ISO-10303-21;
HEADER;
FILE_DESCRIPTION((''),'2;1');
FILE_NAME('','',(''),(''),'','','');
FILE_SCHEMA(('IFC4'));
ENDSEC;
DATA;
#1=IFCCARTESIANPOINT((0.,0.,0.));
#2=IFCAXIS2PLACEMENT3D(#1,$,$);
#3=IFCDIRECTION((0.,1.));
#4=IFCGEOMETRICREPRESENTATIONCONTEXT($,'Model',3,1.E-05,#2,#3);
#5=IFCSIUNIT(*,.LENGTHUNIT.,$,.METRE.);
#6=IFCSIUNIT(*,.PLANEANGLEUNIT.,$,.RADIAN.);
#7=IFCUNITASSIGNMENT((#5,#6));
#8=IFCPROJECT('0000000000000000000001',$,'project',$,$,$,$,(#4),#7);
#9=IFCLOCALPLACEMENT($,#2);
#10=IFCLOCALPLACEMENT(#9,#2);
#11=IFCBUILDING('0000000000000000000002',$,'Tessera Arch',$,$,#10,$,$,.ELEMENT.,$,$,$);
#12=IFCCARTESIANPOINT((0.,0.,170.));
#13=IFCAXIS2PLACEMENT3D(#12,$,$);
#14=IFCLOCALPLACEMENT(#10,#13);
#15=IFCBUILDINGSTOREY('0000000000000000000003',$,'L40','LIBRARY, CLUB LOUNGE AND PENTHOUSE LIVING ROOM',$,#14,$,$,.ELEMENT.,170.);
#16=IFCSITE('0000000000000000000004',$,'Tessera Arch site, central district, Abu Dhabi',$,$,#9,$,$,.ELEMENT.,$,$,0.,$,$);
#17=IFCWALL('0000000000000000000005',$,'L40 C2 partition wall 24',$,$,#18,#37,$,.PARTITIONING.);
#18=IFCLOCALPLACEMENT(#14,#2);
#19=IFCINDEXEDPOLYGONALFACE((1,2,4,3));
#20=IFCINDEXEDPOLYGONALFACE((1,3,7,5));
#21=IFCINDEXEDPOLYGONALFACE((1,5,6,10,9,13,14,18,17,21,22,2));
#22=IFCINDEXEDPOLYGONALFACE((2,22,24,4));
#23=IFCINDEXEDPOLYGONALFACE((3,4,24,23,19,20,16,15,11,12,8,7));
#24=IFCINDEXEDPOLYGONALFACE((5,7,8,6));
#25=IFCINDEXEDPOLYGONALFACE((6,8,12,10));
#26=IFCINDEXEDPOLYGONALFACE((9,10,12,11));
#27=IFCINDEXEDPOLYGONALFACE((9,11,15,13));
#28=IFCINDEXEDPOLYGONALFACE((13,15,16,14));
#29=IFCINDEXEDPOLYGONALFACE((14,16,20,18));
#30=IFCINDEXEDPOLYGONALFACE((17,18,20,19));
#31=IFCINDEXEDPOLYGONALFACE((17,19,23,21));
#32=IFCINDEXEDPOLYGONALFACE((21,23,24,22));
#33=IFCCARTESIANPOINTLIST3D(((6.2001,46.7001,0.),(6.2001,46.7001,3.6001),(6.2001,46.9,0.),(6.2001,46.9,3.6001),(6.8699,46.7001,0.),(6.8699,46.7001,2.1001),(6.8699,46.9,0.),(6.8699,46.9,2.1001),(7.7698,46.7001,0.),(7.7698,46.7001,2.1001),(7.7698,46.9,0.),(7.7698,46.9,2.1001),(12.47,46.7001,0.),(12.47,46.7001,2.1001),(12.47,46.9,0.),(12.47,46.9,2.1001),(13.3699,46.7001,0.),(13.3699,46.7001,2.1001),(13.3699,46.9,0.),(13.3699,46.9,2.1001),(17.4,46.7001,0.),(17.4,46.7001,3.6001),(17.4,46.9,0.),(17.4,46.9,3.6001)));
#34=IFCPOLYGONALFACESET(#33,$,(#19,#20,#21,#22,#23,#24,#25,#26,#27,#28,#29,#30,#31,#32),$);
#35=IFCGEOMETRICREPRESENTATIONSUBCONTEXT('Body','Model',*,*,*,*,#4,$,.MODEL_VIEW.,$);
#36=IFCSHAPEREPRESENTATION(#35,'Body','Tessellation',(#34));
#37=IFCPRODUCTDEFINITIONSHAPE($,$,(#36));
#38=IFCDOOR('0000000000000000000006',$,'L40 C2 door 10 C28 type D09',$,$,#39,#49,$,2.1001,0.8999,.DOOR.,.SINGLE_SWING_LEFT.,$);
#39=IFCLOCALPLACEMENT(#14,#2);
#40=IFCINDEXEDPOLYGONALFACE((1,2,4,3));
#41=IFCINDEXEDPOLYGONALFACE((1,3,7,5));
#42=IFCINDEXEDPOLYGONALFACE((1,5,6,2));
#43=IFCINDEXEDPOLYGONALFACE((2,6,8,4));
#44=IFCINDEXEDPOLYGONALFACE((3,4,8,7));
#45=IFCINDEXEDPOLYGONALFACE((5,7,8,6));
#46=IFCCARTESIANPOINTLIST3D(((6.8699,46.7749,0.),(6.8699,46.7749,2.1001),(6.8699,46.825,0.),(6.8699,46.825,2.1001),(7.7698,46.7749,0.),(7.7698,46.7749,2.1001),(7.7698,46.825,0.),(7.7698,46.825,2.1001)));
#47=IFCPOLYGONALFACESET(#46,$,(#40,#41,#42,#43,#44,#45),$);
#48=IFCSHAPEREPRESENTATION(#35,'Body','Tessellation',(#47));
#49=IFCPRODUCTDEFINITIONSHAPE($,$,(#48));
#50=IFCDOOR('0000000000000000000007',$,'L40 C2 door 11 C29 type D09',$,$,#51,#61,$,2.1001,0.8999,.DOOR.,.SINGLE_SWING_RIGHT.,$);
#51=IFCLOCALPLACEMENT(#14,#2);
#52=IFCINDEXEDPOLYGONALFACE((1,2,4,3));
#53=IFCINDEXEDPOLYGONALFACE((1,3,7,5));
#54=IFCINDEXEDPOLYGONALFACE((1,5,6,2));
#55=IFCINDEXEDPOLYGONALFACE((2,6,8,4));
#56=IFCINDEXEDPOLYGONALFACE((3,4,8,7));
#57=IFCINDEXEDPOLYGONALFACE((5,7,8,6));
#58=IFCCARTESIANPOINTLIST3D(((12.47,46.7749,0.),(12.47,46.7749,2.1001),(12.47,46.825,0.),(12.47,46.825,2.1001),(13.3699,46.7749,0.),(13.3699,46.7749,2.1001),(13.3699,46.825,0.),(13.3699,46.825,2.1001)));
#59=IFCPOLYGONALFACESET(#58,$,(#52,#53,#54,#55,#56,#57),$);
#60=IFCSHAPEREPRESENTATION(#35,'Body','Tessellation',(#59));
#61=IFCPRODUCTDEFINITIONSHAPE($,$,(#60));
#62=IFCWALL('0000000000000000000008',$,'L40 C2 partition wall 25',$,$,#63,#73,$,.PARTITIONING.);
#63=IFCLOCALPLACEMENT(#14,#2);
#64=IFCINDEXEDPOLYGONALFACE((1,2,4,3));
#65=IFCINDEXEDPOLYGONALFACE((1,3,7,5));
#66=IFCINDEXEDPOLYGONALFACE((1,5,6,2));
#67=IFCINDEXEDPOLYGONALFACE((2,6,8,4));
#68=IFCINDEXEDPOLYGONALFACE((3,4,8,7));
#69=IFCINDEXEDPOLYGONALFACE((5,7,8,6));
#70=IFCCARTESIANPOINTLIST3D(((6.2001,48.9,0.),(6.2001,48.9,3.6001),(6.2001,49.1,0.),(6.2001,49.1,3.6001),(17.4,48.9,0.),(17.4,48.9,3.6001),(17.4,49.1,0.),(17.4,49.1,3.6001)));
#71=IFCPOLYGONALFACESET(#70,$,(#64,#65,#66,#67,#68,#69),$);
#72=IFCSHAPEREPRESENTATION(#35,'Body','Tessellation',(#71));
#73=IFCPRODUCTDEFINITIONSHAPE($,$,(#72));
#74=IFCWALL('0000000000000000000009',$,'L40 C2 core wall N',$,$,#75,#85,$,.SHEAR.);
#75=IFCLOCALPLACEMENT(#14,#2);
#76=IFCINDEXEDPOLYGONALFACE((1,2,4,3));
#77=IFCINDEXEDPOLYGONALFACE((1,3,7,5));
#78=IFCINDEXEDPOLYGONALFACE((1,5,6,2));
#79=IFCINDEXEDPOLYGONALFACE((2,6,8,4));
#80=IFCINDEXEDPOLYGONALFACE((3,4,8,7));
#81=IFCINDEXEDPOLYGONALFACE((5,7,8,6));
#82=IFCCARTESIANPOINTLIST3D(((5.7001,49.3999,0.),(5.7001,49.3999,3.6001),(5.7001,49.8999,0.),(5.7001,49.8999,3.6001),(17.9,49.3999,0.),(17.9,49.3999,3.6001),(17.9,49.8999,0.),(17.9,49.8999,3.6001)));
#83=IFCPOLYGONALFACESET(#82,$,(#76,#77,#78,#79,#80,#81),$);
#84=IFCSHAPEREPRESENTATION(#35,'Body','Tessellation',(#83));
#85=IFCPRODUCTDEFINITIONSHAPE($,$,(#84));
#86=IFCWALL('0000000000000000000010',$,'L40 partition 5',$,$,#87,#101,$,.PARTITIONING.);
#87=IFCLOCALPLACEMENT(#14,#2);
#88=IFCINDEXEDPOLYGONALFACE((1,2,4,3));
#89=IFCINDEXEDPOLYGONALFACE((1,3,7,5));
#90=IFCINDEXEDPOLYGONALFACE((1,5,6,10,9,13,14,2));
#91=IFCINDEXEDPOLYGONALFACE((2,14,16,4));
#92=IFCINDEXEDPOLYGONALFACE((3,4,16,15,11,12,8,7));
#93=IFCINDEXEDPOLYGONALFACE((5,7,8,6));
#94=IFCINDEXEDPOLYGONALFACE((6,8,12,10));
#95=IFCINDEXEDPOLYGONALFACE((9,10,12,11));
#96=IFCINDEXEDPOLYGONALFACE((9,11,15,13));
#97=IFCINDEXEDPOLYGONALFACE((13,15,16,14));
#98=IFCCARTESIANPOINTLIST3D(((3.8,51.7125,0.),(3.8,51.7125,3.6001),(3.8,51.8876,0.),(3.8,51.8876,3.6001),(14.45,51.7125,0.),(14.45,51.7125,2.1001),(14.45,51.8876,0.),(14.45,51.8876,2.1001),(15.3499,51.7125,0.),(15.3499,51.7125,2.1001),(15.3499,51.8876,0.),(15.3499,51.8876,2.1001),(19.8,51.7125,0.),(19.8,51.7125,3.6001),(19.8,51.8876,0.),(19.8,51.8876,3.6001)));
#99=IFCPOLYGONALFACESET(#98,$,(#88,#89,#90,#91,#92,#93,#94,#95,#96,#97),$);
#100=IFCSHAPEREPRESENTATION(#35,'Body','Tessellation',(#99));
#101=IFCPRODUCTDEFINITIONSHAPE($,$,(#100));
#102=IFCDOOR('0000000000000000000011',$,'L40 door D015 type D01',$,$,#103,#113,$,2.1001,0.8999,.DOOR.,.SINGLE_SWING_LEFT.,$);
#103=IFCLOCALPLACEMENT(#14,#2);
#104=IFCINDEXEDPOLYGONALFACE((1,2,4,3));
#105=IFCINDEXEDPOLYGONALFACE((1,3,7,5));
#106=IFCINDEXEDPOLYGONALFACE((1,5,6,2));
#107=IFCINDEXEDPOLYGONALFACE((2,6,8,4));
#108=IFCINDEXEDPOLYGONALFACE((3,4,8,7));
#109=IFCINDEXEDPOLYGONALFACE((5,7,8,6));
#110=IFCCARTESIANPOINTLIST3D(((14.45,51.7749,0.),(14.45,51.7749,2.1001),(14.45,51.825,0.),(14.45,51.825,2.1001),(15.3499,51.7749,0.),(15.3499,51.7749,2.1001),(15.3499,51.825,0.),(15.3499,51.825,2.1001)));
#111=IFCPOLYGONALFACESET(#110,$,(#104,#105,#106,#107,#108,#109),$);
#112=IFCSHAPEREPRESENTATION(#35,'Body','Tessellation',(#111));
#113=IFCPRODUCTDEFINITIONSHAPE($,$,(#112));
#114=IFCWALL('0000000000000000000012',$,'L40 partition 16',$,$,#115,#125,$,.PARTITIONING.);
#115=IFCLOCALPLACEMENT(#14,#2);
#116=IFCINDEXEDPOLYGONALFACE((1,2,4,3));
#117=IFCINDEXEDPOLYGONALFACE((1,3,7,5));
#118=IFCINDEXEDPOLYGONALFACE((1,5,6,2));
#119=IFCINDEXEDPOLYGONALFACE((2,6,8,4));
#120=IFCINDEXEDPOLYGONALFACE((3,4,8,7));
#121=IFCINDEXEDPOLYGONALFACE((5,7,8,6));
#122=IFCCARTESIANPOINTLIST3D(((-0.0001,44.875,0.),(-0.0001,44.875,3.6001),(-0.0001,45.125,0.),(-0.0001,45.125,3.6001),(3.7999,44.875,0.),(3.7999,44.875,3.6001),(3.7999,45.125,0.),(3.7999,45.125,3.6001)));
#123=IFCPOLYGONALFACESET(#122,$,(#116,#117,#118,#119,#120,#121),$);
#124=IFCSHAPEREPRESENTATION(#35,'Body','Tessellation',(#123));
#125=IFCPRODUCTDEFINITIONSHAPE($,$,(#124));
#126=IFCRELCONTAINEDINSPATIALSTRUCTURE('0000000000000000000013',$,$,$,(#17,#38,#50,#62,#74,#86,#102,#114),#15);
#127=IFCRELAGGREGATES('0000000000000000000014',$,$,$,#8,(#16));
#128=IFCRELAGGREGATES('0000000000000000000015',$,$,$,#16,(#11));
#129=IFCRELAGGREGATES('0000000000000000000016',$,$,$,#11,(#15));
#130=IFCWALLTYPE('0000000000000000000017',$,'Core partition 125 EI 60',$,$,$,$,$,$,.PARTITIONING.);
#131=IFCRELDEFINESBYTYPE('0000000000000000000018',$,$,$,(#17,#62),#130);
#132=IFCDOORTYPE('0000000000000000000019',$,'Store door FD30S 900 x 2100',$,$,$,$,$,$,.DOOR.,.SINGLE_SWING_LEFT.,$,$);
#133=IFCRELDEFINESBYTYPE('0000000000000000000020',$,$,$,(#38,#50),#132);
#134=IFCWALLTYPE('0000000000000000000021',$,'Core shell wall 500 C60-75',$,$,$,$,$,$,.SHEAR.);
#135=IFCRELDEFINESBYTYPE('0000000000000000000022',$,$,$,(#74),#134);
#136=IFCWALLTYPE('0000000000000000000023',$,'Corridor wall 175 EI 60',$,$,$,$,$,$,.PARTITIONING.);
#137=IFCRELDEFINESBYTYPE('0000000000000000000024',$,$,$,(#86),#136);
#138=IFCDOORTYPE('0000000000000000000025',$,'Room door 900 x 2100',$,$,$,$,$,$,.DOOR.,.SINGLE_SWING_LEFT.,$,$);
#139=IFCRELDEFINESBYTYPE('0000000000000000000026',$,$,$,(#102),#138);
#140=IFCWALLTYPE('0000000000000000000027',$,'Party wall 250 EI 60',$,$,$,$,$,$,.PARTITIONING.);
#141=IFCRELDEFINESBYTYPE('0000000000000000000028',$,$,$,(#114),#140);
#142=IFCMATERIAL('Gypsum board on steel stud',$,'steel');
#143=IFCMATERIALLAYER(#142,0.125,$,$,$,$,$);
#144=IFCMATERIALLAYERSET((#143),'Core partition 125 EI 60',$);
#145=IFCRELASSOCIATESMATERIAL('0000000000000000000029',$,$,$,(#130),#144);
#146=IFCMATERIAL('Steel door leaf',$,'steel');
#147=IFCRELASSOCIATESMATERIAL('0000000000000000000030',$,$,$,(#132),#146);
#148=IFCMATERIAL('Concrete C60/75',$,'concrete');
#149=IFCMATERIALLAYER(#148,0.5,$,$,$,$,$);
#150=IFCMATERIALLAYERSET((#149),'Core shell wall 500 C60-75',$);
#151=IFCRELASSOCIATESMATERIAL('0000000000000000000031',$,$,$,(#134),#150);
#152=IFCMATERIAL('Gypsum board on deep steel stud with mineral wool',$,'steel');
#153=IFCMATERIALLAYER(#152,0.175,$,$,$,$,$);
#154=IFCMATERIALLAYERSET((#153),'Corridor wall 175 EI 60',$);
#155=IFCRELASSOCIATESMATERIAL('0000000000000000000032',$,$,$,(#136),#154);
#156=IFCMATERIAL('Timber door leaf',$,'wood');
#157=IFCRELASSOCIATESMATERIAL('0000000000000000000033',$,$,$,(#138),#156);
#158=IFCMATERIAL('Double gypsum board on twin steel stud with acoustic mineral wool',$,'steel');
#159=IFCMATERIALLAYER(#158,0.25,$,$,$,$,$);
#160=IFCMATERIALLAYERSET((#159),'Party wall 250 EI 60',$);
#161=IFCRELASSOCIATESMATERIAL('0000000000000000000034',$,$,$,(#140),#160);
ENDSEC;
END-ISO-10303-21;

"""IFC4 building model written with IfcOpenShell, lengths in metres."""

from ifc_helpers import new_model, si_unit, direction, frame, frame_2d, origin, place, context, subcontext, project, spatial, rectangle, extrude, material, layer, layer_set, type_object, element, fill, save


model = new_model("IFC4")

# Units and contexts
model_context = context("Model", 3, precision=1e-05, world=origin(), true_north=direction((0.0, 1.0)))
body_context = subcontext(model_context, "Body", "Model", "MODEL_VIEW")
ifc_project = project(units=[si_unit("LENGTHUNIT", "METRE"), si_unit("PLANEANGLEUNIT", "RADIAN")], contexts=[model_context])

# Site, building, storey
site_placement = place(None, origin())
site = spatial("IfcSite", under=ifc_project, at=site_placement, Name="Tessera Arch site, central district, Abu Dhabi", CompositionType="ELEMENT", RefElevation=0.0)
building_placement = place(site_placement, origin())
building = spatial("IfcBuilding", under=site, at=building_placement, Name="Tessera Arch", CompositionType="ELEMENT")
storey_placement = place(building_placement, frame((0.0, 0.0, 170.0)))
storey = spatial("IfcBuildingStorey", under=building, at=storey_placement, Name="L40", Description="LIBRARY, CLUB LOUNGE AND PENTHOUSE LIVING ROOM", CompositionType="ELEMENT", Elevation=170.0)

# Shared definitions
ifc_material_1 = material(Name="Gypsum board on steel stud", Category="steel")
ifc_layer_1 = layer(ifc_material_1, 0.125)
ifc_layer_set_1 = layer_set([ifc_layer_1], Name="Core partition 125 EI 60")
wall_type_1 = type_object("IfcWallType", Name="Core partition 125 EI 60", PredefinedType="PARTITIONING", material=ifc_layer_set_1)

# Wall, openings, doors
wall_1_placement = place(storey_placement, frame((6.2, 46.8, 0.0), z_axis=(0.0, 0.0, 1.0), x_axis=(1.0, 0.0, 0.0)))
wall_1 = element("IfcWall", 1, at=wall_1_placement, inside=storey, type_object=wall_type_1, Name="L40 C2 partition wall 24", PredefinedType="PARTITIONING", context=body_context, shape_type="SweptSolid", body=[
    extrude(rectangle(XDim=11.2, YDim=0.2, at=frame_2d((5.6001, 0.0))), origin(), (0.0, 0.0, 1.0), 3.6001),
])
opening_1_placement = place(wall_1_placement, frame((0.6699, 0.0, 0.0)))
opening_1 = element("IfcOpeningElement", 2, at=opening_1_placement, cuts=wall_1, PredefinedType="OPENING", context=body_context, shape_type="SweptSolid", body=[
    extrude(rectangle(XDim=0.8999, YDim=2.1001, at=frame_2d((0.45, 1.05))), frame((0.0, 0.1099, 0.0), z_axis=(0.0, -1.0, 0.0), x_axis=(1.0, 0.0, 0.0)), (0.0, 0.0, 1.0), 0.22),
])
opening_2_placement = place(wall_1_placement, frame((6.27, 0.0, 0.0)))
opening_2 = element("IfcOpeningElement", 3, at=opening_2_placement, cuts=wall_1, PredefinedType="OPENING", context=body_context, shape_type="SweptSolid", body=[
    extrude(rectangle(XDim=0.8999, YDim=2.1001, at=frame_2d((0.45, 1.05))), frame((0.0, 0.1099, 0.0), z_axis=(0.0, -1.0, 0.0), x_axis=(1.0, 0.0, 0.0)), (0.0, 0.0, 1.0), 0.22),
])
ifc_material_2 = material(Name="Steel door leaf", Category="steel")
door_type_1 = type_object("IfcDoorType", Name="Store door FD30S 900 x 2100", OperationType="SINGLE_SWING_LEFT", PredefinedType="DOOR", material=ifc_material_2)
door_1_placement = place(opening_1_placement, origin())
door_1 = element("IfcDoor", 4, at=door_1_placement, inside=storey, type_object=door_type_1, Name="L40 C2 door 10 C28 type D09", OperationType="SINGLE_SWING_LEFT", OverallHeight=2.1001, OverallWidth=0.8999, PredefinedType="DOOR", context=body_context, shape_type="SweptSolid", body=[
    extrude(rectangle(XDim=0.8999, YDim=2.1001, at=frame_2d((0.45, 1.05))), frame((0.0, 0.0249, 0.0), z_axis=(0.0, -1.0, 0.0), x_axis=(1.0, 0.0, 0.0)), (0.0, 0.0, 1.0), 0.05),
])
fill(opening_1, door_1)
door_2_placement = place(opening_2_placement, origin())
door_2 = element("IfcDoor", 5, at=door_2_placement, inside=storey, type_object=door_type_1, Name="L40 C2 door 11 C29 type D09", OperationType="SINGLE_SWING_RIGHT", OverallHeight=2.1001, OverallWidth=0.8999, PredefinedType="DOOR", context=body_context, shape_type="SweptSolid", body=[
    extrude(rectangle(XDim=0.8999, YDim=2.1001, at=frame_2d((0.45, 1.05))), frame((0.0, 0.0249, 0.0), z_axis=(0.0, -1.0, 0.0), x_axis=(1.0, 0.0, 0.0)), (0.0, 0.0, 1.0), 0.05),
])
fill(opening_2, door_2)

# Walls
wall_2_placement = place(storey_placement, frame((6.2, 49.0, 0.0), z_axis=(0.0, 0.0, 1.0), x_axis=(1.0, 0.0, 0.0)))
element("IfcWall", 6, at=wall_2_placement, inside=storey, type_object=wall_type_1, Name="L40 C2 partition wall 25", PredefinedType="PARTITIONING", context=body_context, shape_type="SweptSolid", body=[
    extrude(rectangle(XDim=11.2, YDim=0.2, at=frame_2d((5.6001, 0.0))), origin(), (0.0, 0.0, 1.0), 3.6001),
])
ifc_material_3 = material(Name="Concrete C60/75", Category="concrete")
ifc_layer_2 = layer(ifc_material_3, 0.5)
ifc_layer_set_2 = layer_set([ifc_layer_2], Name="Core shell wall 500 C60-75")
wall_type_2 = type_object("IfcWallType", Name="Core shell wall 500 C60-75", PredefinedType="SHEAR", material=ifc_layer_set_2)
wall_3_placement = place(storey_placement, frame((5.7, 49.6499, 0.0), z_axis=(0.0, 0.0, 1.0), x_axis=(1.0, 0.0, 0.0)))
element("IfcWall", 7, at=wall_3_placement, inside=storey, type_object=wall_type_2, Name="L40 C2 core wall N", PredefinedType="SHEAR", context=body_context, shape_type="SweptSolid", body=[
    extrude(rectangle(XDim=12.2, YDim=0.5, at=frame_2d((6.1001, 0.0))), origin(), (0.0, 0.0, 1.0), 3.6001),
])

# Wall, opening, door
ifc_material_4 = material(Name="Gypsum board on deep steel stud with mineral wool", Category="steel")
ifc_layer_3 = layer(ifc_material_4, 0.175)
ifc_layer_set_3 = layer_set([ifc_layer_3], Name="Corridor wall 175 EI 60")
wall_type_3 = type_object("IfcWallType", Name="Corridor wall 175 EI 60", PredefinedType="PARTITIONING", material=ifc_layer_set_3)
wall_4_placement = place(storey_placement, frame((3.8, 51.8, 0.0), z_axis=(0.0, 0.0, 1.0), x_axis=(1.0, 0.0, 0.0)))
wall_4 = element("IfcWall", 8, at=wall_4_placement, inside=storey, type_object=wall_type_3, Name="L40 partition 5", PredefinedType="PARTITIONING", context=body_context, shape_type="SweptSolid", body=[
    extrude(rectangle(XDim=16.0, YDim=0.175, at=frame_2d((8.0, 0.0))), origin(), (0.0, 0.0, 1.0), 3.6001),
])
opening_3_placement = place(wall_4_placement, frame((10.6499, 0.0, 0.0)))
opening_3 = element("IfcOpeningElement", 9, at=opening_3_placement, cuts=wall_4, PredefinedType="OPENING", context=body_context, shape_type="SweptSolid", body=[
    extrude(rectangle(XDim=0.8999, YDim=2.1001, at=frame_2d((0.45, 1.05))), frame((0.0, 0.0974, 0.0), z_axis=(0.0, -1.0, 0.0), x_axis=(1.0, 0.0, 0.0)), (0.0, 0.0, 1.0), 0.1951),
])
ifc_material_5 = material(Name="Timber door leaf", Category="wood")
door_type_2 = type_object("IfcDoorType", Name="Room door 900 x 2100", OperationType="SINGLE_SWING_LEFT", PredefinedType="DOOR", material=ifc_material_5)
door_3_placement = place(opening_3_placement, origin())
door_3 = element("IfcDoor", 10, at=door_3_placement, inside=storey, type_object=door_type_2, Name="L40 door D015 type D01", OperationType="SINGLE_SWING_LEFT", OverallHeight=2.1001, OverallWidth=0.8999, PredefinedType="DOOR", context=body_context, shape_type="SweptSolid", body=[
    extrude(rectangle(XDim=0.8999, YDim=2.1001, at=frame_2d((0.45, 1.05))), frame((0.0, 0.0249, 0.0), z_axis=(0.0, -1.0, 0.0), x_axis=(1.0, 0.0, 0.0)), (0.0, 0.0, 1.0), 0.05),
])
fill(opening_3, door_3)

# Wall
ifc_material_6 = material(Name="Double gypsum board on twin steel stud with acoustic mineral wool", Category="steel")
ifc_layer_4 = layer(ifc_material_6, 0.25)
ifc_layer_set_4 = layer_set([ifc_layer_4], Name="Party wall 250 EI 60")
wall_type_4 = type_object("IfcWallType", Name="Party wall 250 EI 60", PredefinedType="PARTITIONING", material=ifc_layer_set_4)
wall_5_placement = place(storey_placement, frame((0.0, 45.0, 0.0), z_axis=(0.0, 0.0, 1.0), x_axis=(1.0, 0.0, 0.0)))
element("IfcWall", 11, at=wall_5_placement, inside=storey, type_object=wall_type_4, Name="L40 partition 16", PredefinedType="PARTITIONING", context=body_context, shape_type="SweptSolid", body=[
    extrude(rectangle(XDim=3.8, YDim=0.25, at=frame_2d((1.8999, 0.0))), origin(), (0.0, 0.0, 1.0), 3.6001),
])

save(model, "model.ifc")
